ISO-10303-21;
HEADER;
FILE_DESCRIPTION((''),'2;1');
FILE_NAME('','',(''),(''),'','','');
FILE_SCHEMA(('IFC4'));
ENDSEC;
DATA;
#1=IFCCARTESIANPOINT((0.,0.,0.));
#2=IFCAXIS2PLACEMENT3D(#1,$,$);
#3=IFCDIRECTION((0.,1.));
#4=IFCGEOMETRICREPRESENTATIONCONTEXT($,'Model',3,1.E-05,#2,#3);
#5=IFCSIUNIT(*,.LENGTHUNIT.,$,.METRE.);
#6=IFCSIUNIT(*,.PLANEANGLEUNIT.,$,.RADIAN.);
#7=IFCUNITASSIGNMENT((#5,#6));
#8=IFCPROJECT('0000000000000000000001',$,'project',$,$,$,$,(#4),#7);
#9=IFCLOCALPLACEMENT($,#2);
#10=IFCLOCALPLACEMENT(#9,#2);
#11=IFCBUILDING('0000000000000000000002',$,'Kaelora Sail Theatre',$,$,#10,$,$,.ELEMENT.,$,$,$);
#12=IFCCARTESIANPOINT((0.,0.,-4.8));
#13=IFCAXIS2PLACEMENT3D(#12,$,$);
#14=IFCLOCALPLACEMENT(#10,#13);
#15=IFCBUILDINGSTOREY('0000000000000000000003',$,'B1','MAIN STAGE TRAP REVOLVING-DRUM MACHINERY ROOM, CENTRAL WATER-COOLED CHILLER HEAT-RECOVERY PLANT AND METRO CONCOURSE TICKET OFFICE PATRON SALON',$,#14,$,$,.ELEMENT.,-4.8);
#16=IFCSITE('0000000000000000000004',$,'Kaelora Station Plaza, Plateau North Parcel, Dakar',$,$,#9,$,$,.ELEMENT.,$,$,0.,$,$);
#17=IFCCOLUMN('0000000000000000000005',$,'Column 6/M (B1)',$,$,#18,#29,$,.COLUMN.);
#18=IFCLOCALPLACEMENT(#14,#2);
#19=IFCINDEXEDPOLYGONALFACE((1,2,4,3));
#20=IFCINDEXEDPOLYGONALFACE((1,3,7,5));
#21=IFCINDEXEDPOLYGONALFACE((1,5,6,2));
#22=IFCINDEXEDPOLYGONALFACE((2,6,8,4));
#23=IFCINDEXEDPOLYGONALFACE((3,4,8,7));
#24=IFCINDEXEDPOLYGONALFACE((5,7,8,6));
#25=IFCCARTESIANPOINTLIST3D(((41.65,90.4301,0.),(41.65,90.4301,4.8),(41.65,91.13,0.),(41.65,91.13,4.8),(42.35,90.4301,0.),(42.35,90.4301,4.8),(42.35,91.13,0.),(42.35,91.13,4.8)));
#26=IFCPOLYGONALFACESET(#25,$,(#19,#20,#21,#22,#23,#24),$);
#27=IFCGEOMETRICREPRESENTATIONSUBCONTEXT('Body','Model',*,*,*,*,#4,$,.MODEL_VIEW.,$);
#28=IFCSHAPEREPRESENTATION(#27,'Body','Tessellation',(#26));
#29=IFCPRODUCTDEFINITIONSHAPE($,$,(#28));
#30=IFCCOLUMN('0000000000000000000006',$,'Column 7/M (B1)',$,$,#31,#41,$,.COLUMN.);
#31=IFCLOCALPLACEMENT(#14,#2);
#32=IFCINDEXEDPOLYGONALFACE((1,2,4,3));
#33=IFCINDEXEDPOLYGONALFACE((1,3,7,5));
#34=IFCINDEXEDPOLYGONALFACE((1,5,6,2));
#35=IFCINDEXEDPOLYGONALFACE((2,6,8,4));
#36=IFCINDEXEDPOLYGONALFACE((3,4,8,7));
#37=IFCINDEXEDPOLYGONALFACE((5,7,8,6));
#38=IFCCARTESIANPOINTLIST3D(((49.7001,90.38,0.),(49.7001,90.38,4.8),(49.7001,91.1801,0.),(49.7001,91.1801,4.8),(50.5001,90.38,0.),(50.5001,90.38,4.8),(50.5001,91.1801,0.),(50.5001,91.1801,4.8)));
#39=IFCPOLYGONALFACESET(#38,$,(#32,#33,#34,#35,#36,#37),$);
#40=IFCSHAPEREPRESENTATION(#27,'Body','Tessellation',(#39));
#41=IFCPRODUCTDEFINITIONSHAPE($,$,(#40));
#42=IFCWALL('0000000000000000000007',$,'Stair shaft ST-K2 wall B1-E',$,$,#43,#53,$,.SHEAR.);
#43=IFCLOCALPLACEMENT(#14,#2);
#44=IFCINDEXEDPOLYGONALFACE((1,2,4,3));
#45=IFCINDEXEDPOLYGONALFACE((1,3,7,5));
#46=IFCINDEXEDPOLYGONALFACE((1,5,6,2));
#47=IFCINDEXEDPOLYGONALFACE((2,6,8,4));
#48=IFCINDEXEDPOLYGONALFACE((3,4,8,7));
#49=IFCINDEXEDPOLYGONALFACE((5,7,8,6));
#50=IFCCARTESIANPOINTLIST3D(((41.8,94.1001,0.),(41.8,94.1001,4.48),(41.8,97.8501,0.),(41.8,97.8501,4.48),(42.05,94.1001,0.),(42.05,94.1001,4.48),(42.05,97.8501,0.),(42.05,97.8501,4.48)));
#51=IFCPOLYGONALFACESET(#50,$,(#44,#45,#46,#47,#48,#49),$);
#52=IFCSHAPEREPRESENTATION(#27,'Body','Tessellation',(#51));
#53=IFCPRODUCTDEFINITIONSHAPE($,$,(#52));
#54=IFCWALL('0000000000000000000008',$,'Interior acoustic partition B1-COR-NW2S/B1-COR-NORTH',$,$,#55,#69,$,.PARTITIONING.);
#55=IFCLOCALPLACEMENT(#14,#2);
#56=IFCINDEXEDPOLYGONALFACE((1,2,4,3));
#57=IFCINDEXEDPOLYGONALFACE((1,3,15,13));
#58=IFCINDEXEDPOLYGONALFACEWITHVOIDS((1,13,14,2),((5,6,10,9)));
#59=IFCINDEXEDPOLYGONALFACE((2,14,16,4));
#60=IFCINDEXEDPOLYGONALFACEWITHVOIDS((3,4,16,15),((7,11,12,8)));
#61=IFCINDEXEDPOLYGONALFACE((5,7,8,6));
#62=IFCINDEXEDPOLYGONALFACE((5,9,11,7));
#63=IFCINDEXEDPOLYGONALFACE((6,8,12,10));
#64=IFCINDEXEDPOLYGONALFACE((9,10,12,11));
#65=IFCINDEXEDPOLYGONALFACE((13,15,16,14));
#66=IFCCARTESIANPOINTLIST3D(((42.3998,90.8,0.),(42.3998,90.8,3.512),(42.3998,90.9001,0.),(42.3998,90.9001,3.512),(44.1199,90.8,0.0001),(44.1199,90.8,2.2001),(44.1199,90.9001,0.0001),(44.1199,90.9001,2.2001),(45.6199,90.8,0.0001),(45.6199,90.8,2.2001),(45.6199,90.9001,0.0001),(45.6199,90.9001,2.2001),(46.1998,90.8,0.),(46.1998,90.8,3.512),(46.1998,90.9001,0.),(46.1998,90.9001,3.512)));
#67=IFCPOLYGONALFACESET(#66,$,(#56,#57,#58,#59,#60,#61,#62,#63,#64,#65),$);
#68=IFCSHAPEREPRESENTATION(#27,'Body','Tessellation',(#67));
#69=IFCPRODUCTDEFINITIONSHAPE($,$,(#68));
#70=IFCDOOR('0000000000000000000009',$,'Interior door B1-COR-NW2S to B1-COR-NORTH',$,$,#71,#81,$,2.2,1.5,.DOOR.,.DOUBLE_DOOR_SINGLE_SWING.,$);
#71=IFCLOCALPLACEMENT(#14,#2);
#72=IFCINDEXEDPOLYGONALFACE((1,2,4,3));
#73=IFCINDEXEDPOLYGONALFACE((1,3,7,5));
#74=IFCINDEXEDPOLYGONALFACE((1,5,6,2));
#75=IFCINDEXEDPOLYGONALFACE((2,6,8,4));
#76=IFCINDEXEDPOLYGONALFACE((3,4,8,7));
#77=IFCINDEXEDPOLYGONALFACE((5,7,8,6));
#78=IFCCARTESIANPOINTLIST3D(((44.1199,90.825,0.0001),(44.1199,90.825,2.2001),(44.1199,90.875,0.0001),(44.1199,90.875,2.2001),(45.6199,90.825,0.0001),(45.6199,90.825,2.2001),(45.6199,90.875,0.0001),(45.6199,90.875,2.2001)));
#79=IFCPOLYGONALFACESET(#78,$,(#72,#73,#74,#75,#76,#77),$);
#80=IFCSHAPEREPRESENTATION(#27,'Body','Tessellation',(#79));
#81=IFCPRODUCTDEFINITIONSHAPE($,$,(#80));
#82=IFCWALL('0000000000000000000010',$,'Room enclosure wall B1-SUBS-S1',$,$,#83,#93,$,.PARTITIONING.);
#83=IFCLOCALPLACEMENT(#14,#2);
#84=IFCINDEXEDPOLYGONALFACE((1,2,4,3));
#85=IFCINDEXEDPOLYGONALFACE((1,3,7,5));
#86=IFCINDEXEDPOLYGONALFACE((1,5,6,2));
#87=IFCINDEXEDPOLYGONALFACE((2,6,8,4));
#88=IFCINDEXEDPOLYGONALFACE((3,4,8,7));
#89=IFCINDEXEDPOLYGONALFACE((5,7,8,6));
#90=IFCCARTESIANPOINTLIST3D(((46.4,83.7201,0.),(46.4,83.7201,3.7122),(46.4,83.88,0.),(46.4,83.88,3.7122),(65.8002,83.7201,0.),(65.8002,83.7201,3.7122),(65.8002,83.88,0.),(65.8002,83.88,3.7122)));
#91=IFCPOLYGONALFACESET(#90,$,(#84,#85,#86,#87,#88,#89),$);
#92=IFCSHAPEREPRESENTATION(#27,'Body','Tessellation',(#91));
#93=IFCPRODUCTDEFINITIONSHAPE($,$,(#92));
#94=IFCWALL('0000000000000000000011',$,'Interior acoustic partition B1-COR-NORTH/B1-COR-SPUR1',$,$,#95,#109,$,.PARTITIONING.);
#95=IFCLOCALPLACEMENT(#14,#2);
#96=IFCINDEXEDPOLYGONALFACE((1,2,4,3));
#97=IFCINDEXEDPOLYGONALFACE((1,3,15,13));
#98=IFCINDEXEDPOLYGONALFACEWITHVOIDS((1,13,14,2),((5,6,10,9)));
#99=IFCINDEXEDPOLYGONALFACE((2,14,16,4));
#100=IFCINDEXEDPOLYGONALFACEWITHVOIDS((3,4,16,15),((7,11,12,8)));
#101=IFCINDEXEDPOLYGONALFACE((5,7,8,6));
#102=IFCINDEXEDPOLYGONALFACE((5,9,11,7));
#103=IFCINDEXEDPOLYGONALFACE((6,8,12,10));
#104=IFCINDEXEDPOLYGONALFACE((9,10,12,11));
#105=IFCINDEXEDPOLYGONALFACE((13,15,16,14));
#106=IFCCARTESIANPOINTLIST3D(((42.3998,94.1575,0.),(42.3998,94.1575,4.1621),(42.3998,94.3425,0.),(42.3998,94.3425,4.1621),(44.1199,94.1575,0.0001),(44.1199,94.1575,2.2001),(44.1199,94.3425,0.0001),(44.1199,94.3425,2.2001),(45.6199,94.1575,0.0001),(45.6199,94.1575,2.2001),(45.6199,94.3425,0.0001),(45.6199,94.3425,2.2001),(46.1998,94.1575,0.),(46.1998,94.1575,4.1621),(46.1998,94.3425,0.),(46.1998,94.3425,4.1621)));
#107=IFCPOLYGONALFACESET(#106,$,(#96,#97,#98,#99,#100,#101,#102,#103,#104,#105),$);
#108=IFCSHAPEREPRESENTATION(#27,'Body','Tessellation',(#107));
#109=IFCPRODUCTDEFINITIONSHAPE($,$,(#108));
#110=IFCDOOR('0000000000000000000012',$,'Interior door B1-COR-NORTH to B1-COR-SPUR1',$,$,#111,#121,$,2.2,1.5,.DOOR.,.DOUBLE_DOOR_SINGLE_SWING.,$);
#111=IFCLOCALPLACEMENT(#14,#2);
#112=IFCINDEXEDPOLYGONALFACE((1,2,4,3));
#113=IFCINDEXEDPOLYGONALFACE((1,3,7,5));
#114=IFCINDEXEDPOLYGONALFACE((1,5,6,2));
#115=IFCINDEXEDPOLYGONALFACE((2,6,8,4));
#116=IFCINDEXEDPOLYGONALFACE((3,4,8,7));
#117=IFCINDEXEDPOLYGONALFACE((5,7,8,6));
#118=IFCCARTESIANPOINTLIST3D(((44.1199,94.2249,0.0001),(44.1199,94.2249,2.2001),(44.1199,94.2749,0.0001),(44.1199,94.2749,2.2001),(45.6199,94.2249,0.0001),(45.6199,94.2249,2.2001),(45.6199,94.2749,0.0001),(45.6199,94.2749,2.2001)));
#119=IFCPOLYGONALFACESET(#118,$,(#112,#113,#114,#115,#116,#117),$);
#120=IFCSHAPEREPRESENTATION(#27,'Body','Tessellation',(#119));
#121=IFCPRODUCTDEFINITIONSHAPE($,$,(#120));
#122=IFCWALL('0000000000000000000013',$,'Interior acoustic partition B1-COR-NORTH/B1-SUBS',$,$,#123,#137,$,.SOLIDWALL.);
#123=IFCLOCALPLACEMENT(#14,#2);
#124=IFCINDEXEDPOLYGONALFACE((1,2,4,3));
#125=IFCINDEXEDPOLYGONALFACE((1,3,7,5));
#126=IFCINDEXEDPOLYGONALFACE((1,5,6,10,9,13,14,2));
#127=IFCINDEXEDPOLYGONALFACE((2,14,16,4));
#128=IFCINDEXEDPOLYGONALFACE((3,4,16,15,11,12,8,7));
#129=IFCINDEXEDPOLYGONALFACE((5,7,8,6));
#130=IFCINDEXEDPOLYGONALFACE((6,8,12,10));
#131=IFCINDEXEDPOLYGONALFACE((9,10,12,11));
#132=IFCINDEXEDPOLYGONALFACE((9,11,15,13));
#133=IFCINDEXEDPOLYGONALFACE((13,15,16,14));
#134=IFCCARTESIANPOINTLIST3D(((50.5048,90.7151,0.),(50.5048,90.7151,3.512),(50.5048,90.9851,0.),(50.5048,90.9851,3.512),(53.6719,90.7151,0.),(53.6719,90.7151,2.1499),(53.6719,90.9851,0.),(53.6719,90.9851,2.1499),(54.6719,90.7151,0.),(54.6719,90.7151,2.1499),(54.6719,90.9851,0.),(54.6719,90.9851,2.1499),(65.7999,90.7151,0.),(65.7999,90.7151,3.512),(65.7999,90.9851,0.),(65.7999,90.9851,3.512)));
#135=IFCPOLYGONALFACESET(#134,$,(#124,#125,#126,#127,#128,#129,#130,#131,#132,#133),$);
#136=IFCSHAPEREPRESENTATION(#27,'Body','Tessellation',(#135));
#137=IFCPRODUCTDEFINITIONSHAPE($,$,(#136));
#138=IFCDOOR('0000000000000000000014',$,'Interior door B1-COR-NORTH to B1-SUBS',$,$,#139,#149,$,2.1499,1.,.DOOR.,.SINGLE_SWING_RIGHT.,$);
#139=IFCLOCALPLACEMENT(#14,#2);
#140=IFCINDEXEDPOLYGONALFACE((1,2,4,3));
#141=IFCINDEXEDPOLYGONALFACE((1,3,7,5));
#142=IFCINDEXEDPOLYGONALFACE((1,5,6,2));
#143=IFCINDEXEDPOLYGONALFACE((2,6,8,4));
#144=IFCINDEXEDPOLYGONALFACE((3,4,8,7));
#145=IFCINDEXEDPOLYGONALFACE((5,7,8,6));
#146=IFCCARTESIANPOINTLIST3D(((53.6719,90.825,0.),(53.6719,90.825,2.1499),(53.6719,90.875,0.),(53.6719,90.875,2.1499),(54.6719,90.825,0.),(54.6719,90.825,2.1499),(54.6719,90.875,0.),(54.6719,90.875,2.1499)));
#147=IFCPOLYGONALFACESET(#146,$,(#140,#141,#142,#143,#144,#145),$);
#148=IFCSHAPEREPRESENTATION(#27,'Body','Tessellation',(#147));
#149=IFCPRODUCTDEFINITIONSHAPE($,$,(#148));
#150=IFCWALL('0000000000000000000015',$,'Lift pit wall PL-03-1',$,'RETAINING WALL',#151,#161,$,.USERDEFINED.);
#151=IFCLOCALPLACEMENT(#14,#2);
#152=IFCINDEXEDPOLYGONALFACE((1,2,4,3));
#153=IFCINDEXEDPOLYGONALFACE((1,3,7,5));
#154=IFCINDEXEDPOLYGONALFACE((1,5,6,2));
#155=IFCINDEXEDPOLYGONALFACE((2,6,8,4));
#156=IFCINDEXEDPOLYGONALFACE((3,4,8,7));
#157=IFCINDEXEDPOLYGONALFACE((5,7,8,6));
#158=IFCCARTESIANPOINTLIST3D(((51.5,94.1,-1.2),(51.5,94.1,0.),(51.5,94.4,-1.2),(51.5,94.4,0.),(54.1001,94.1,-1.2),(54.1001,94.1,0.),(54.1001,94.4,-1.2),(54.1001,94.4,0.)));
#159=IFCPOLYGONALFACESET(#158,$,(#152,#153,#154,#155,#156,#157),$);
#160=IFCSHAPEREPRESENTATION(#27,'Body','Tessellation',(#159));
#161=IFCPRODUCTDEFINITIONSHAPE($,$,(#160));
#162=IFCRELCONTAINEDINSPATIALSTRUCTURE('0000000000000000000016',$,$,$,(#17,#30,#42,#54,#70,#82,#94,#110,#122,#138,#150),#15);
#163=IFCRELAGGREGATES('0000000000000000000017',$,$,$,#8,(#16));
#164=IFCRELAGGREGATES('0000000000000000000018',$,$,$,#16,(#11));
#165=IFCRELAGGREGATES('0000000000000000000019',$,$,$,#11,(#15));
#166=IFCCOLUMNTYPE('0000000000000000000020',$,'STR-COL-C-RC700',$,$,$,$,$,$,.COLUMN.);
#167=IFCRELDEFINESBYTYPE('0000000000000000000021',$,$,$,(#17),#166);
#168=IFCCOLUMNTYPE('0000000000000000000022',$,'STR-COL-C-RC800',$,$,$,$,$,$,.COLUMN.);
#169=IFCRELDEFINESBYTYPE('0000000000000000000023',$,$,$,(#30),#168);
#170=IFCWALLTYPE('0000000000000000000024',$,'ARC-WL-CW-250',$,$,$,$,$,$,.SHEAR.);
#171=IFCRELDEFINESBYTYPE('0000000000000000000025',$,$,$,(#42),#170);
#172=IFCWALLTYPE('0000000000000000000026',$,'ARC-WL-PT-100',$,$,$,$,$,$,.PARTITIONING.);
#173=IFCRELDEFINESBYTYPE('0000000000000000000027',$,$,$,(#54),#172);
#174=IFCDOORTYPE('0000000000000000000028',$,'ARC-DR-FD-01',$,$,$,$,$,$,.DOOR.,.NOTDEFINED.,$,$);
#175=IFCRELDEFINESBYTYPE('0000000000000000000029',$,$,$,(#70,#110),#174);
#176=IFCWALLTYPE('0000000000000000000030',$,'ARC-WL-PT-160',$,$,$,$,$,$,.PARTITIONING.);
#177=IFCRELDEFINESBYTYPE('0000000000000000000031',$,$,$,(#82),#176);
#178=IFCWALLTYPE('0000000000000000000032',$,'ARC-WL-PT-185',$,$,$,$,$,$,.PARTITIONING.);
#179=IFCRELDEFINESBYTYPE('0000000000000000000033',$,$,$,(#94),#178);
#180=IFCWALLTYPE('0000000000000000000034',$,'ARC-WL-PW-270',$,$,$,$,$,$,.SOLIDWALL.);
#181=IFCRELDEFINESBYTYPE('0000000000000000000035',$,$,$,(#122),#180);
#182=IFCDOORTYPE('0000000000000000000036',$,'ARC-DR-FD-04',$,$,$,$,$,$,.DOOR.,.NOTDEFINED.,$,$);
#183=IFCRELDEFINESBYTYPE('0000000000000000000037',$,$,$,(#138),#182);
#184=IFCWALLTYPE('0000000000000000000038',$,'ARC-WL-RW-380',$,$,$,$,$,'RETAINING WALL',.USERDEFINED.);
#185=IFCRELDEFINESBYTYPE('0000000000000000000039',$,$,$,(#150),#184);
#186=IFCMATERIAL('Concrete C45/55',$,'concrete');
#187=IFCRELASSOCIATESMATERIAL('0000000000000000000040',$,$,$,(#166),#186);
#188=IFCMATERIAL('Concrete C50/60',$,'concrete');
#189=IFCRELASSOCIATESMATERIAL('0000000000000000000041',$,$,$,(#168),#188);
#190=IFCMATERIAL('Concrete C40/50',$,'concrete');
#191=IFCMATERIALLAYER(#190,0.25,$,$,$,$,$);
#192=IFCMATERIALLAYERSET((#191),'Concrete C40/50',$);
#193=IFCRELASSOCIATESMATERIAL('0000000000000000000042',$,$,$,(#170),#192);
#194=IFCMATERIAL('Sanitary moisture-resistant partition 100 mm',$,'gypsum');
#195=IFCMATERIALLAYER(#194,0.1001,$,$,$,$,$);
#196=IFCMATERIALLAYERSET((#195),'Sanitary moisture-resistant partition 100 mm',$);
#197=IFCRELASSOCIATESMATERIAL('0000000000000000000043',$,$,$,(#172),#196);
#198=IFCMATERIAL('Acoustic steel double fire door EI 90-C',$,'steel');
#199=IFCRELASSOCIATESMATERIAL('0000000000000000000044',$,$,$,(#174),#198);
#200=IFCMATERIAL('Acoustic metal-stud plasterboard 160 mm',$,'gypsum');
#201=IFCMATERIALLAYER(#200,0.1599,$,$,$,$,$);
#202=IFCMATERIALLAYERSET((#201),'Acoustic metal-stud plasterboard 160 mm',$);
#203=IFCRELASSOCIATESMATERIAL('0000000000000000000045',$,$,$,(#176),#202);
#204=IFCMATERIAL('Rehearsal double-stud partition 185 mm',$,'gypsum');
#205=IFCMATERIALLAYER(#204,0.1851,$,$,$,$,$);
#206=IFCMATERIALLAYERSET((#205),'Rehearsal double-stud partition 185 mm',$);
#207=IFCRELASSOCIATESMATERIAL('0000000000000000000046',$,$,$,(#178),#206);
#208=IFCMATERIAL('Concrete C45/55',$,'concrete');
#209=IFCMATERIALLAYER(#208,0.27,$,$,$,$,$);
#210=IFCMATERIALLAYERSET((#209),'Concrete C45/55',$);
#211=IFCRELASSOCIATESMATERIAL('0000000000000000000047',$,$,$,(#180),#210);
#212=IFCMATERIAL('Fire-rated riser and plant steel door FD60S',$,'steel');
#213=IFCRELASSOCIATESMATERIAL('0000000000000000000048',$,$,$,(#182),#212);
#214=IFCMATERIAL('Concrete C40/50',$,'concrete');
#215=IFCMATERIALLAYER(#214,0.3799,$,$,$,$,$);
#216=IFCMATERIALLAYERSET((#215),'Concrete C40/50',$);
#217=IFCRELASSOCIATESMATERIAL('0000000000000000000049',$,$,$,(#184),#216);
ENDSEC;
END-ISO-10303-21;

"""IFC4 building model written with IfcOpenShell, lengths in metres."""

from ifc_helpers import new_model, si_unit, direction, frame, frame_2d, origin, origin_2d, place, context, subcontext, project, spatial, rectangle, extrude, material, layer, layer_set, material_profile, profile_set, type_object, element, fill, save


model = new_model("IFC4")

# Units and contexts
model_context = context("Model", 3, precision=1e-05, world=origin(), true_north=direction((0.0, 1.0)))
body_context = subcontext(model_context, "Body", "Model", "MODEL_VIEW")
ifc_project = project(units=[si_unit("LENGTHUNIT", "METRE"), si_unit("PLANEANGLEUNIT", "RADIAN")], contexts=[model_context])

# Site, building, storey
site_placement = place(None, origin())
site = spatial("IfcSite", under=ifc_project, at=site_placement, Name="Kaelora Station Plaza, Plateau North Parcel, Dakar", CompositionType="ELEMENT", RefElevation=0.0)
building_placement = place(site_placement, origin())
building = spatial("IfcBuilding", under=site, at=building_placement, Name="Kaelora Sail Theatre", CompositionType="ELEMENT")
storey_placement = place(building_placement, frame((0.0, 0.0, -4.8)))
storey = spatial("IfcBuildingStorey", under=building, at=storey_placement, Name="B1", Description="MAIN STAGE TRAP REVOLVING-DRUM MACHINERY ROOM, CENTRAL WATER-COOLED CHILLER HEAT-RECOVERY PLANT AND METRO CONCOURSE TICKET OFFICE PATRON SALON", CompositionType="ELEMENT", Elevation=-4.8)

# Columns
ifc_material_1 = material(Name="Concrete C45/55", Category="concrete")
ifc_material_profile_1 = material_profile(ifc_material_1, rectangle(XDim=0.7, YDim=0.7, at=origin_2d()), Name="RC-COL 700x700")
ifc_profile_set_1 = profile_set([ifc_material_profile_1], Name="Concrete C45/55")
column_type_1 = type_object("IfcColumnType", Name="STR-COL-C-RC700", PredefinedType="COLUMN", material=ifc_profile_set_1)
column_1_placement = place(storey_placement, frame((42.0, 90.78, 0.0), z_axis=(0.0, 0.0, 1.0), x_axis=(1.0, 0.0, 0.0)))
element("IfcColumn", 1, at=column_1_placement, inside=storey, type_object=column_type_1, Name="Column 6/M (B1)", PredefinedType="COLUMN", context=body_context, shape_type="SweptSolid", body=[
    extrude(rectangle(XDim=0.7, YDim=0.7, at=origin_2d()), origin(), (0.0, 0.0, 1.0), 4.8),
])
ifc_material_2 = material(Name="Concrete C50/60", Category="concrete")
ifc_material_profile_2 = material_profile(ifc_material_2, rectangle(XDim=0.8, YDim=0.8, at=origin_2d()), Name="RC-COL 800x800")
ifc_profile_set_2 = profile_set([ifc_material_profile_2], Name="Concrete C50/60")
column_type_2 = type_object("IfcColumnType", Name="STR-COL-C-RC800", PredefinedType="COLUMN", material=ifc_profile_set_2)
column_2_placement = place(storey_placement, frame((50.1001, 90.78, 0.0), z_axis=(0.0, 0.0, 1.0), x_axis=(1.0, 0.0, 0.0)))
element("IfcColumn", 2, at=column_2_placement, inside=storey, type_object=column_type_2, Name="Column 7/M (B1)", PredefinedType="COLUMN", context=body_context, shape_type="SweptSolid", body=[
    extrude(rectangle(XDim=0.8, YDim=0.8, at=origin_2d()), origin(), (0.0, 0.0, 1.0), 4.8),
])

# Wall
ifc_material_3 = material(Name="Concrete C40/50", Category="concrete")
ifc_layer_1 = layer(ifc_material_3, 0.25)
ifc_layer_set_1 = layer_set([ifc_layer_1], Name="Concrete C40/50")
wall_type_1 = type_object("IfcWallType", Name="ARC-WL-CW-250", PredefinedType="SHEAR", material=ifc_layer_set_1)
wall_1_placement = place(storey_placement, frame((41.925, 94.1001, 0.0), z_axis=(0.0, 0.0, 1.0), x_axis=(0.0, 1.0, 0.0)))
element("IfcWall", 3, at=wall_1_placement, inside=storey, type_object=wall_type_1, Name="Stair shaft ST-K2 wall B1-E", PredefinedType="SHEAR", context=body_context, shape_type="SweptSolid", body=[
    extrude(rectangle(XDim=3.75, YDim=0.25, at=frame_2d((1.875, 0.0))), origin(), (0.0, 0.0, 1.0), 4.48),
])

# Wall, opening, door
ifc_material_4 = material(Name="Sanitary moisture-resistant partition 100 mm", Category="gypsum")
ifc_layer_2 = layer(ifc_material_4, 0.1001)
ifc_layer_set_2 = layer_set([ifc_layer_2], Name="Sanitary moisture-resistant partition 100 mm")
wall_type_2 = type_object("IfcWallType", Name="ARC-WL-PT-100", PredefinedType="PARTITIONING", material=ifc_layer_set_2)
wall_2_placement = place(storey_placement, frame((42.3999, 90.8501, 0.0), z_axis=(0.0, 0.0, 1.0), x_axis=(1.0, 0.0, 0.0)))
wall_2 = element("IfcWall", 4, at=wall_2_placement, inside=storey, type_object=wall_type_2, Name="Interior acoustic partition B1-COR-NW2S/B1-COR-NORTH", PredefinedType="PARTITIONING", context=body_context, shape_type="SweptSolid", body=[
    extrude(rectangle(XDim=3.8, YDim=0.1001, at=frame_2d((1.8999, 0.0))), origin(), (0.0, 0.0, 1.0), 3.512),
])
opening_1_placement = place(wall_2_placement, frame((1.72, 0.0, 0.0)))
opening_1 = element("IfcOpeningElement", 5, at=opening_1_placement, cuts=wall_2, PredefinedType="OPENING", context=body_context, shape_type="SweptSolid", body=[
    extrude(rectangle(XDim=1.5, YDim=2.2, at=frame_2d((0.75, 1.1001))), frame((0.0, 0.06, 0.0), z_axis=(0.0, -1.0, 0.0), x_axis=(1.0, 0.0, 0.0)), (0.0, 0.0, 1.0), 0.1201),
])
ifc_material_5 = material(Name="Acoustic steel double fire door EI 90-C", Category="steel")
door_type_1 = type_object("IfcDoorType", Name="ARC-DR-FD-01", OperationType="NOTDEFINED", PredefinedType="DOOR", material=ifc_material_5)
door_1_placement = place(opening_1_placement, origin())
door_1 = element("IfcDoor", 6, at=door_1_placement, inside=storey, type_object=door_type_1, Name="Interior door B1-COR-NW2S to B1-COR-NORTH", OperationType="DOUBLE_DOOR_SINGLE_SWING", OverallHeight=2.2, OverallWidth=1.5, PredefinedType="DOOR", context=body_context, shape_type="SweptSolid", body=[
    extrude(rectangle(XDim=1.5, YDim=2.2, at=frame_2d((0.75, 1.1001))), frame((0.0, 0.0249, 0.0), z_axis=(0.0, -1.0, 0.0), x_axis=(1.0, 0.0, 0.0)), (0.0, 0.0, 1.0), 0.05),
])
fill(opening_1, door_1)

# Wall
ifc_material_6 = material(Name="Acoustic metal-stud plasterboard 160 mm", Category="gypsum")
ifc_layer_3 = layer(ifc_material_6, 0.1599)
ifc_layer_set_3 = layer_set([ifc_layer_3], Name="Acoustic metal-stud plasterboard 160 mm")
wall_type_3 = type_object("IfcWallType", Name="ARC-WL-PT-160", PredefinedType="PARTITIONING", material=ifc_layer_set_3)
wall_3_placement = place(storey_placement, frame((46.3999, 83.8, 0.0), z_axis=(0.0, 0.0, 1.0), x_axis=(1.0, 0.0, 0.0)))
element("IfcWall", 7, at=wall_3_placement, inside=storey, type_object=wall_type_3, Name="Room enclosure wall B1-SUBS-S1", PredefinedType="PARTITIONING", context=body_context, shape_type="SweptSolid", body=[
    extrude(rectangle(XDim=19.4001, YDim=0.1599, at=frame_2d((9.7002, 0.0))), origin(), (0.0, 0.0, 1.0), 3.7122),
])

# Walls, openings, doors
ifc_material_7 = material(Name="Rehearsal double-stud partition 185 mm", Category="gypsum")
ifc_layer_4 = layer(ifc_material_7, 0.1851)
ifc_layer_set_4 = layer_set([ifc_layer_4], Name="Rehearsal double-stud partition 185 mm")
wall_type_4 = type_object("IfcWallType", Name="ARC-WL-PT-185", PredefinedType="PARTITIONING", material=ifc_layer_set_4)
wall_4_placement = place(storey_placement, frame((42.3999, 94.25, 0.0), z_axis=(0.0, 0.0, 1.0), x_axis=(1.0, 0.0, 0.0)))
wall_4 = element("IfcWall", 8, at=wall_4_placement, inside=storey, type_object=wall_type_4, Name="Interior acoustic partition B1-COR-NORTH/B1-COR-SPUR1", PredefinedType="PARTITIONING", context=body_context, shape_type="SweptSolid", body=[
    extrude(rectangle(XDim=3.8, YDim=0.1851, at=frame_2d((1.8999, 0.0))), origin(), (0.0, 0.0, 1.0), 4.1621),
])
opening_2_placement = place(wall_4_placement, frame((1.72, 0.0, 0.0)))
opening_2 = element("IfcOpeningElement", 9, at=opening_2_placement, cuts=wall_4, PredefinedType="OPENING", context=body_context, shape_type="SweptSolid", body=[
    extrude(rectangle(XDim=1.5, YDim=2.2, at=frame_2d((0.75, 1.1001))), frame((0.0, 0.1025, 0.0), z_axis=(0.0, -1.0, 0.0), x_axis=(1.0, 0.0, 0.0)), (0.0, 0.0, 1.0), 0.2051),
])
door_2_placement = place(opening_2_placement, origin())
door_2 = element("IfcDoor", 10, at=door_2_placement, inside=storey, type_object=door_type_1, Name="Interior door B1-COR-NORTH to B1-COR-SPUR1", OperationType="DOUBLE_DOOR_SINGLE_SWING", OverallHeight=2.2, OverallWidth=1.5, PredefinedType="DOOR", context=body_context, shape_type="SweptSolid", body=[
    extrude(rectangle(XDim=1.5, YDim=2.2, at=frame_2d((0.75, 1.1001))), frame((0.0, 0.0249, 0.0), z_axis=(0.0, -1.0, 0.0), x_axis=(1.0, 0.0, 0.0)), (0.0, 0.0, 1.0), 0.05),
])
fill(opening_2, door_2)
ifc_material_8 = material(Name="Concrete C45/55", Category="concrete")
ifc_layer_5 = layer(ifc_material_8, 0.27)
ifc_layer_set_5 = layer_set([ifc_layer_5], Name="Concrete C45/55")
wall_type_5 = type_object("IfcWallType", Name="ARC-WL-PW-270", PredefinedType="SOLIDWALL", material=ifc_layer_set_5)
wall_5_placement = place(storey_placement, frame((50.5049, 90.8501, 0.0), z_axis=(0.0, 0.0, 1.0), x_axis=(1.0, 0.0, 0.0)))
wall_5 = element("IfcWall", 11, at=wall_5_placement, inside=storey, type_object=wall_type_5, Name="Interior acoustic partition B1-COR-NORTH/B1-SUBS", PredefinedType="SOLIDWALL", context=body_context, shape_type="SweptSolid", body=[
    extrude(rectangle(XDim=15.2952, YDim=0.27, at=frame_2d((7.6475, 0.0))), origin(), (0.0, 0.0, 1.0), 3.512),
])
opening_3_placement = place(wall_5_placement, frame((3.167, 0.0, 0.0)))
opening_3 = element("IfcOpeningElement", 12, at=opening_3_placement, cuts=wall_5, PredefinedType="OPENING", context=body_context, shape_type="SweptSolid", body=[
    extrude(rectangle(XDim=1.0, YDim=2.1499, at=frame_2d((0.5, 1.075))), frame((0.0, 0.145, 0.0), z_axis=(0.0, -1.0, 0.0), x_axis=(1.0, 0.0, 0.0)), (0.0, 0.0, 1.0), 0.29),
])
ifc_material_9 = material(Name="Fire-rated riser and plant steel door FD60S", Category="steel")
door_type_2 = type_object("IfcDoorType", Name="ARC-DR-FD-04", OperationType="NOTDEFINED", PredefinedType="DOOR", material=ifc_material_9)
door_3_placement = place(opening_3_placement, origin())
door_3 = element("IfcDoor", 13, at=door_3_placement, inside=storey, type_object=door_type_2, Name="Interior door B1-COR-NORTH to B1-SUBS", OperationType="SINGLE_SWING_RIGHT", OverallHeight=2.1499, OverallWidth=1.0, PredefinedType="DOOR", context=body_context, shape_type="SweptSolid", body=[
    extrude(rectangle(XDim=1.0, YDim=2.1499, at=frame_2d((0.5, 1.075))), frame((0.0, 0.0249, 0.0), z_axis=(0.0, -1.0, 0.0), x_axis=(1.0, 0.0, 0.0)), (0.0, 0.0, 1.0), 0.05),
])
fill(opening_3, door_3)

# Wall
ifc_material_10 = material(Name="Concrete C40/50", Category="concrete")
ifc_layer_6 = layer(ifc_material_10, 0.3799)
ifc_layer_set_6 = layer_set([ifc_layer_6], Name="Concrete C40/50")
wall_type_6 = type_object("IfcWallType", Name="ARC-WL-RW-380", ElementType="RETAINING WALL", PredefinedType="USERDEFINED", material=ifc_layer_set_6)
wall_6_placement = place(storey_placement, frame((51.5, 94.25, -1.2), z_axis=(0.0, 0.0, 1.0), x_axis=(1.0, 0.0, 0.0)))
element("IfcWall", 14, at=wall_6_placement, inside=storey, type_object=wall_type_6, Name="Lift pit wall PL-03-1", ObjectType="RETAINING WALL", PredefinedType="USERDEFINED", context=body_context, shape_type="SweptSolid", body=[
    extrude(rectangle(XDim=2.6001, YDim=0.3, at=frame_2d((1.3, 0.0))), origin(), (0.0, 0.0, 1.0), 1.2),
])

save(model, "model.ifc")
